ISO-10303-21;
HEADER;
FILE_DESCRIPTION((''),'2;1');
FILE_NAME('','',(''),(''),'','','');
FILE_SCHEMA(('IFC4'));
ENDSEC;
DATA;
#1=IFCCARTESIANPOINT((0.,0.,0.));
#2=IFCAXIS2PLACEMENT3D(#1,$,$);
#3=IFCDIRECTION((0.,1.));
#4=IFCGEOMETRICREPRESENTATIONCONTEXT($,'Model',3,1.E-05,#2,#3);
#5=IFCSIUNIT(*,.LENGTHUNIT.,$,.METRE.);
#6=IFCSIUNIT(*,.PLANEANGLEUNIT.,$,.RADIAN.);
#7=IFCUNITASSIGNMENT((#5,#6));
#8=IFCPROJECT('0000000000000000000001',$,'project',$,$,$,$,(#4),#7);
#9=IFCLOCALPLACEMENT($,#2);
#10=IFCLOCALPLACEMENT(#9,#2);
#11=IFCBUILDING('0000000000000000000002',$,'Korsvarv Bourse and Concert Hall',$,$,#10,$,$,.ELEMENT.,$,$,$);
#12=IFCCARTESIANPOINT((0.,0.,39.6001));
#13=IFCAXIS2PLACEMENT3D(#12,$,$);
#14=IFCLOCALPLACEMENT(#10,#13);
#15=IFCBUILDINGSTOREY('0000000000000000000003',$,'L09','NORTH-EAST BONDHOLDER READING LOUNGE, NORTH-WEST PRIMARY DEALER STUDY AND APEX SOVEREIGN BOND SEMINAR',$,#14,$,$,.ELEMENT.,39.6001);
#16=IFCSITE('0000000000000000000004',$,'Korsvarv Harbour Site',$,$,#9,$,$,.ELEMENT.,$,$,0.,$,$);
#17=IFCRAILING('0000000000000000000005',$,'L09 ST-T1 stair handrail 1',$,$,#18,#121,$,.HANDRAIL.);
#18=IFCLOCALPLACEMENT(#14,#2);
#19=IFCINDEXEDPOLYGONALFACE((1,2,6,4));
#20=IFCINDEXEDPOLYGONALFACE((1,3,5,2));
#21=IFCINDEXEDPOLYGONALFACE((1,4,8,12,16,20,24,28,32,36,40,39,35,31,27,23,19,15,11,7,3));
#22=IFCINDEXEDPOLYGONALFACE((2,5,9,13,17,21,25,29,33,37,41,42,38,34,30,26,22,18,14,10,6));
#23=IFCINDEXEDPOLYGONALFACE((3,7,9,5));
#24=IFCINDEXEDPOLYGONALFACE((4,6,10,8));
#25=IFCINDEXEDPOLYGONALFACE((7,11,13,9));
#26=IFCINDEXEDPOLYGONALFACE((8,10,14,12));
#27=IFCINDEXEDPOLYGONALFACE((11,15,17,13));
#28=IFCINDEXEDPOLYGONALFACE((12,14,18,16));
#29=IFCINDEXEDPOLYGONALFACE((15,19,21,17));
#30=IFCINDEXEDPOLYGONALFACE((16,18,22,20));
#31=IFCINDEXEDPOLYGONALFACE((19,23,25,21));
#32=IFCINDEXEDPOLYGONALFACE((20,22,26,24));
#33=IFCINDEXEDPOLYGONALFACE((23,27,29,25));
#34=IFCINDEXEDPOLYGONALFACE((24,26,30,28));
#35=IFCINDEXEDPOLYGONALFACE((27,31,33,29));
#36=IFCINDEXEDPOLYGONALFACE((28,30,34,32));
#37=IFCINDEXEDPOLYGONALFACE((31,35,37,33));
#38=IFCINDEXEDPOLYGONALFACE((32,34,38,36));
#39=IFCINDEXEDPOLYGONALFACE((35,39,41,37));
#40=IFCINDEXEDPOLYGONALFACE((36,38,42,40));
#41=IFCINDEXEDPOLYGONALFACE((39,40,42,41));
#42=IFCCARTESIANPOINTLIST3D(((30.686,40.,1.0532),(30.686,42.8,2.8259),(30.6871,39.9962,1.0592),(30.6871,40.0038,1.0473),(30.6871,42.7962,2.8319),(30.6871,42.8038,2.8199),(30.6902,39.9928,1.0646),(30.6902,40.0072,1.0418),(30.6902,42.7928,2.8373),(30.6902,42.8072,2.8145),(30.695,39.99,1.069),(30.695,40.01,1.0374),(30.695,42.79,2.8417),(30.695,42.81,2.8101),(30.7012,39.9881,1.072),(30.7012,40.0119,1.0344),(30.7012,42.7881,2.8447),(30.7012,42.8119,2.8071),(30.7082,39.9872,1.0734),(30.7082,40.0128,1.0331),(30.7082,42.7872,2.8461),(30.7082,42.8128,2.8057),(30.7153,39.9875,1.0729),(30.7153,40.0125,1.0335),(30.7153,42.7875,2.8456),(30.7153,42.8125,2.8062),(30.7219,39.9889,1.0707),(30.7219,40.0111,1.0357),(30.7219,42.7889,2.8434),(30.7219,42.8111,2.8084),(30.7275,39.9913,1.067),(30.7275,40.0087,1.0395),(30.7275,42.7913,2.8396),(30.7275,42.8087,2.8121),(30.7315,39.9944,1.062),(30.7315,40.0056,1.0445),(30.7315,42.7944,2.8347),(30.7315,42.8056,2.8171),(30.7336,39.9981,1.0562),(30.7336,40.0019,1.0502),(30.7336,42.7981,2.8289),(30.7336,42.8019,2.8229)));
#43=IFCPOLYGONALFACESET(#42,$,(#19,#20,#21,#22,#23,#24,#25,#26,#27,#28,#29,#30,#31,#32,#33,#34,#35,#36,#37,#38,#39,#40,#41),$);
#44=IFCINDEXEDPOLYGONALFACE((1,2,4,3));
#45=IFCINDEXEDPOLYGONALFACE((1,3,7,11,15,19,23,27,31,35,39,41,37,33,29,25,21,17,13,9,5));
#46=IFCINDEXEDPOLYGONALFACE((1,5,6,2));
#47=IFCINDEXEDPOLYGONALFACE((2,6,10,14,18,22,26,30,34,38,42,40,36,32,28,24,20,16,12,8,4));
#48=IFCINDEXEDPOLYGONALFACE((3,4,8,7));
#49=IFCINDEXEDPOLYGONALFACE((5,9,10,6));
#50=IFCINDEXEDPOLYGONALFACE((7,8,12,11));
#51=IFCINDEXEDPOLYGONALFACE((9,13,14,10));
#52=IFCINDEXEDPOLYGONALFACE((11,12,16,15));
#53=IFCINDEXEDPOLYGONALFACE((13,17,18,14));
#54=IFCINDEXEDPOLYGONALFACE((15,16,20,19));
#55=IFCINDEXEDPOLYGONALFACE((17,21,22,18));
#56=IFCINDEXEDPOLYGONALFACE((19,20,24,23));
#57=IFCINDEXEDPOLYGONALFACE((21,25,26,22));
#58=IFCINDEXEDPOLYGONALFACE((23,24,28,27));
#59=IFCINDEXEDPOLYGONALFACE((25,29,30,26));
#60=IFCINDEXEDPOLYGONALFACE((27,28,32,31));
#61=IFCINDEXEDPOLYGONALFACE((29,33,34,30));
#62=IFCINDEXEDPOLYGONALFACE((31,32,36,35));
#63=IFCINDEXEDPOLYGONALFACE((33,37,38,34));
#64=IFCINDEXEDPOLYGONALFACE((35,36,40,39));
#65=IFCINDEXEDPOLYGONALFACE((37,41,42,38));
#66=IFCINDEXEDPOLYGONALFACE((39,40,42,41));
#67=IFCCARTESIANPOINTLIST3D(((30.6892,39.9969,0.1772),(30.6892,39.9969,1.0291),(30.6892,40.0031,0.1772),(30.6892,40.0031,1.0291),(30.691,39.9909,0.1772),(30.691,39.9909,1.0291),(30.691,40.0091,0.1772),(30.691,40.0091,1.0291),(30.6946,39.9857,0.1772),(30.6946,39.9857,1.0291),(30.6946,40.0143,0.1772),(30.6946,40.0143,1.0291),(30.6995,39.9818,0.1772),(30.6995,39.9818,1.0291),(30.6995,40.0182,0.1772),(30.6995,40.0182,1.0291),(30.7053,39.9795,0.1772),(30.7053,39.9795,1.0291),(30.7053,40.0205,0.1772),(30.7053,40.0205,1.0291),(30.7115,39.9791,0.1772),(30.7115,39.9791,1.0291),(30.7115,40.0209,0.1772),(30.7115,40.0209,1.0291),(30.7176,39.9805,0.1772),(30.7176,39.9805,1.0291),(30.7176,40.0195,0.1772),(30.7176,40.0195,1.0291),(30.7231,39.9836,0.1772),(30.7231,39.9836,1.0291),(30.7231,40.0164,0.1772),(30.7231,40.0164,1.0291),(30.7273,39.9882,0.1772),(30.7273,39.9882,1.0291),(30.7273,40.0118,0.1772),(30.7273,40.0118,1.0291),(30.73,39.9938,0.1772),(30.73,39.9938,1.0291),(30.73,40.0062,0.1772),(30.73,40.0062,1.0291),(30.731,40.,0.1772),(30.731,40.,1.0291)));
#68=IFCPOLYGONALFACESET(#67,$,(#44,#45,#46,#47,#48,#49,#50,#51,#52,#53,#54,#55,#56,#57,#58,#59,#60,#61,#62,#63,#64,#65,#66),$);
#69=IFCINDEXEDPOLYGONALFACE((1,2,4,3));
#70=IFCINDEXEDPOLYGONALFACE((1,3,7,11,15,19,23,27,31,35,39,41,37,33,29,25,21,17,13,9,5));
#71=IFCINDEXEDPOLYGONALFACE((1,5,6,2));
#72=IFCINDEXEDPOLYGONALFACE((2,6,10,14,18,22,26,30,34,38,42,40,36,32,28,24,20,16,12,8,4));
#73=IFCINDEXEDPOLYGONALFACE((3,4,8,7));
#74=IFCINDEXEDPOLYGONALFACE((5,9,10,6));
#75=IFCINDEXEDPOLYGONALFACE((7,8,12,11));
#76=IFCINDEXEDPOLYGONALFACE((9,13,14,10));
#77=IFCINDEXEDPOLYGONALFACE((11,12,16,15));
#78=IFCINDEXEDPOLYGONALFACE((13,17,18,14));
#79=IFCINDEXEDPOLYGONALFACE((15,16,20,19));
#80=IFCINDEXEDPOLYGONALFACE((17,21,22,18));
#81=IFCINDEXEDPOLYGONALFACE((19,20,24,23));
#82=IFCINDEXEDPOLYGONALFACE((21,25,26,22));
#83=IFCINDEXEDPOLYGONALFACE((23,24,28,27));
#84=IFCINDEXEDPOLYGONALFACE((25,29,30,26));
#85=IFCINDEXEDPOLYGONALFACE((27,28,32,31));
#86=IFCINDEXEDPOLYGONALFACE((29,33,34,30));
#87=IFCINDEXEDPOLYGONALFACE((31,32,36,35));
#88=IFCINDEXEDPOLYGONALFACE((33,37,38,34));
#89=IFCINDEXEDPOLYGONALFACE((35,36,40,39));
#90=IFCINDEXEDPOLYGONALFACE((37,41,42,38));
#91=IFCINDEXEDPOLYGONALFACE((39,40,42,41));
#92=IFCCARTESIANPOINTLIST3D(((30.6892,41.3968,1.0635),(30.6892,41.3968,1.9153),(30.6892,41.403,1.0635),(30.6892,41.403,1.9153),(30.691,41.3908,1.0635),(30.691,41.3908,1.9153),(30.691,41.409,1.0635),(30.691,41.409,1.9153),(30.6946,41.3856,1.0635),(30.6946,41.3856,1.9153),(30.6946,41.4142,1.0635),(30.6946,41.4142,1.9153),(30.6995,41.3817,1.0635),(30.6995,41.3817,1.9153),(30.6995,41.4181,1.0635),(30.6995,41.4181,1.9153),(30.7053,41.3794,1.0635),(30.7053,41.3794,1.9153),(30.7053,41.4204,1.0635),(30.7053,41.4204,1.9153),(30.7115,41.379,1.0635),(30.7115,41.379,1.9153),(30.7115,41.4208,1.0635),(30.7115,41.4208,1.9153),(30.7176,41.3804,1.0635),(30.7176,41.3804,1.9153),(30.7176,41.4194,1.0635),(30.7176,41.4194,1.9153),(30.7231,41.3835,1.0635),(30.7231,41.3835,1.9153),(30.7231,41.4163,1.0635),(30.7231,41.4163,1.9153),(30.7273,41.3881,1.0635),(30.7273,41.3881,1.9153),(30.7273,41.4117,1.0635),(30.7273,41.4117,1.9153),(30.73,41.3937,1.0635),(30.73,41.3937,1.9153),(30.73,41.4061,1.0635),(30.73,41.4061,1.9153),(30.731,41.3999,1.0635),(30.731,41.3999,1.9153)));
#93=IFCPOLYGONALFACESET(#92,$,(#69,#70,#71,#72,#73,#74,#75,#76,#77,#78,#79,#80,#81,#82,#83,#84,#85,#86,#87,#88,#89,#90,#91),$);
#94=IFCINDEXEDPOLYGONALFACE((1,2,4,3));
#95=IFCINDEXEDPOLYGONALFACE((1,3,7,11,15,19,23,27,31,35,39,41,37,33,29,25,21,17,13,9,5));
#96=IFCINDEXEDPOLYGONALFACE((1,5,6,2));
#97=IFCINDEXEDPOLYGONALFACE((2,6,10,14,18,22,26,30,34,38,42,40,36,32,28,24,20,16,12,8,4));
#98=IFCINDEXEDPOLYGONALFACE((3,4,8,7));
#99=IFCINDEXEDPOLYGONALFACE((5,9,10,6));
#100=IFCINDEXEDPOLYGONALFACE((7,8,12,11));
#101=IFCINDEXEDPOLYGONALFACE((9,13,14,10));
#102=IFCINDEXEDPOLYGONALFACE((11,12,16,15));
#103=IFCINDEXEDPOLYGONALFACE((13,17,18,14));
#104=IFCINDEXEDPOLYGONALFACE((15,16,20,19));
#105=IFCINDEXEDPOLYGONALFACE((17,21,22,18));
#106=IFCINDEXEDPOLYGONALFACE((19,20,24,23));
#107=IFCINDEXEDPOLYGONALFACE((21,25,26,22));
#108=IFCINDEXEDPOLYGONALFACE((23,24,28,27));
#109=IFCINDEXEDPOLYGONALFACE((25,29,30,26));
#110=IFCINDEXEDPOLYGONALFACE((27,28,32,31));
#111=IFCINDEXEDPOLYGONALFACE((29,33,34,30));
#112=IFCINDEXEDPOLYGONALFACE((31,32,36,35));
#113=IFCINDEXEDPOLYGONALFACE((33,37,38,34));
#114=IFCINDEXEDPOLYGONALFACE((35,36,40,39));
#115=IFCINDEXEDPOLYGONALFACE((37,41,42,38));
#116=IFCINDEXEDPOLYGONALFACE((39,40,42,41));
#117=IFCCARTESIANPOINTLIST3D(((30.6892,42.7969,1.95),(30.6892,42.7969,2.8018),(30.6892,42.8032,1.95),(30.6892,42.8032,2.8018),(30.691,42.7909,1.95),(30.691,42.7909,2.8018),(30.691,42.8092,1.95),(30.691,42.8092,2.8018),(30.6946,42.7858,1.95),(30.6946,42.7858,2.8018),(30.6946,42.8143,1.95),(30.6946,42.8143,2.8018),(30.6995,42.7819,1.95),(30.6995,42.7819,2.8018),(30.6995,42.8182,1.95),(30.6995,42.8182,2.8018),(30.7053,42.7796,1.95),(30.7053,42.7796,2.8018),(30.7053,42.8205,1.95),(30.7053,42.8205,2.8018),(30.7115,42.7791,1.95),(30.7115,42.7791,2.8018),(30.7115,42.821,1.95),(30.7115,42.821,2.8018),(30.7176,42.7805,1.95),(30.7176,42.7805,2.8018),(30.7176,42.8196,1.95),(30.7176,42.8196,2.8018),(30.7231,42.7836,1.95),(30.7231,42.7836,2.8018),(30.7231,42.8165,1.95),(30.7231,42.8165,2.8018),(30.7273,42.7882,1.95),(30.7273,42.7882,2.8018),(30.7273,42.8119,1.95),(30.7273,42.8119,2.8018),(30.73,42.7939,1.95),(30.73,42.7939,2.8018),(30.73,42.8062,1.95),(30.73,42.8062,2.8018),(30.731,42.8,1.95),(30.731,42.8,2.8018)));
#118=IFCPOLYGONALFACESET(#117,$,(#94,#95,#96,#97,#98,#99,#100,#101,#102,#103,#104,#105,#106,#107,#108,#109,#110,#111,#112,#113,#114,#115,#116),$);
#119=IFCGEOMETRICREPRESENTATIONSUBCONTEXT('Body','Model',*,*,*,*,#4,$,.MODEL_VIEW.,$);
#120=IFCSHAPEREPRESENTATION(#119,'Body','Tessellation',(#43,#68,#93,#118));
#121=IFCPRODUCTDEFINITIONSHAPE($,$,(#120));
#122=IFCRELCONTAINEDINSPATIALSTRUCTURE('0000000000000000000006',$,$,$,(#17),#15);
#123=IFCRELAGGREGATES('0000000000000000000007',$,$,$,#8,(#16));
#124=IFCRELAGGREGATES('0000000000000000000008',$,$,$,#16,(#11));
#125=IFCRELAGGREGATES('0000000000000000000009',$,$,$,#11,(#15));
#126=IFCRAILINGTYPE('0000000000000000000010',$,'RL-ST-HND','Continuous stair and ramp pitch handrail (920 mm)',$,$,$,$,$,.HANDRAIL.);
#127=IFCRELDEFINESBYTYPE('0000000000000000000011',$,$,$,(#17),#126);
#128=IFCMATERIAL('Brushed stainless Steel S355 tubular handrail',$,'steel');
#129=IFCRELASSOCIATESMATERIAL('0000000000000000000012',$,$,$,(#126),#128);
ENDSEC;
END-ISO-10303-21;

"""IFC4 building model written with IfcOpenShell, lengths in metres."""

from ifc_helpers import new_model, si_unit, direction, frame, origin, origin_2d, place, context, subcontext, project, spatial, circle, extrude, material, type_object, element, save


model = new_model("IFC4")

# Units and contexts
model_context = context("Model", 3, precision=1e-05, world=origin(), true_north=direction((0.0, 1.0)))
body_context = subcontext(model_context, "Body", "Model", "MODEL_VIEW")
ifc_project = project(units=[si_unit("LENGTHUNIT", "METRE"), si_unit("PLANEANGLEUNIT", "RADIAN")], contexts=[model_context])

# Site, building, storey
site_placement = place(None, origin())
site = spatial("IfcSite", under=ifc_project, at=site_placement, Name="Korsvarv Harbour Site", CompositionType="ELEMENT", RefElevation=0.0)
building_placement = place(site_placement, origin())
building = spatial("IfcBuilding", under=site, at=building_placement, Name="Korsvarv Bourse and Concert Hall", CompositionType="ELEMENT")
storey_placement = place(building_placement, frame((0.0, 0.0, 39.6001)))
storey = spatial("IfcBuildingStorey", under=building, at=storey_placement, Name="L09", Description="NORTH-EAST BONDHOLDER READING LOUNGE, NORTH-WEST PRIMARY DEALER STUDY AND APEX SOVEREIGN BOND SEMINAR", CompositionType="ELEMENT", Elevation=39.6001)

# Railing
ifc_material_1 = material(Name="Brushed stainless Steel S355 tubular handrail", Category="steel")
railing_type_1 = type_object("IfcRailingType", Name="RL-ST-HND", Description="Continuous stair and ramp pitch handrail (920 mm)", PredefinedType="HANDRAIL", material=ifc_material_1)
railing_1_placement = place(storey_placement, frame((30.71, 40.0, 0.1772)))
element("IfcRailing", 1, at=railing_1_placement, inside=storey, type_object=railing_type_1, Name="L09 ST-T1 stair handrail 1", PredefinedType="HANDRAIL", context=body_context, shape_type="SweptSolid", body=[
    extrude(circle(Radius=0.0239, at=origin_2d()), frame((0.0, 0.0, 0.876), z_axis=(0.0, 0.844909, 0.53491), x_axis=(-1.0, 0.0, 0.0)), (0.0, 0.0, 1.0), 3.314),
    extrude(circle(Radius=0.021, at=origin_2d()), origin(), (0.0, 0.0, 1.0), 0.8518),
    extrude(circle(Radius=0.021, at=origin_2d()), frame((0.0, 1.3999, 0.8862)), (0.0, 0.0, 1.0), 0.8518),
    extrude(circle(Radius=0.021, at=origin_2d()), frame((0.0, 2.8, 1.7727)), (0.0, 0.0, 1.0), 0.8518),
])

save(model, "model.ifc")
